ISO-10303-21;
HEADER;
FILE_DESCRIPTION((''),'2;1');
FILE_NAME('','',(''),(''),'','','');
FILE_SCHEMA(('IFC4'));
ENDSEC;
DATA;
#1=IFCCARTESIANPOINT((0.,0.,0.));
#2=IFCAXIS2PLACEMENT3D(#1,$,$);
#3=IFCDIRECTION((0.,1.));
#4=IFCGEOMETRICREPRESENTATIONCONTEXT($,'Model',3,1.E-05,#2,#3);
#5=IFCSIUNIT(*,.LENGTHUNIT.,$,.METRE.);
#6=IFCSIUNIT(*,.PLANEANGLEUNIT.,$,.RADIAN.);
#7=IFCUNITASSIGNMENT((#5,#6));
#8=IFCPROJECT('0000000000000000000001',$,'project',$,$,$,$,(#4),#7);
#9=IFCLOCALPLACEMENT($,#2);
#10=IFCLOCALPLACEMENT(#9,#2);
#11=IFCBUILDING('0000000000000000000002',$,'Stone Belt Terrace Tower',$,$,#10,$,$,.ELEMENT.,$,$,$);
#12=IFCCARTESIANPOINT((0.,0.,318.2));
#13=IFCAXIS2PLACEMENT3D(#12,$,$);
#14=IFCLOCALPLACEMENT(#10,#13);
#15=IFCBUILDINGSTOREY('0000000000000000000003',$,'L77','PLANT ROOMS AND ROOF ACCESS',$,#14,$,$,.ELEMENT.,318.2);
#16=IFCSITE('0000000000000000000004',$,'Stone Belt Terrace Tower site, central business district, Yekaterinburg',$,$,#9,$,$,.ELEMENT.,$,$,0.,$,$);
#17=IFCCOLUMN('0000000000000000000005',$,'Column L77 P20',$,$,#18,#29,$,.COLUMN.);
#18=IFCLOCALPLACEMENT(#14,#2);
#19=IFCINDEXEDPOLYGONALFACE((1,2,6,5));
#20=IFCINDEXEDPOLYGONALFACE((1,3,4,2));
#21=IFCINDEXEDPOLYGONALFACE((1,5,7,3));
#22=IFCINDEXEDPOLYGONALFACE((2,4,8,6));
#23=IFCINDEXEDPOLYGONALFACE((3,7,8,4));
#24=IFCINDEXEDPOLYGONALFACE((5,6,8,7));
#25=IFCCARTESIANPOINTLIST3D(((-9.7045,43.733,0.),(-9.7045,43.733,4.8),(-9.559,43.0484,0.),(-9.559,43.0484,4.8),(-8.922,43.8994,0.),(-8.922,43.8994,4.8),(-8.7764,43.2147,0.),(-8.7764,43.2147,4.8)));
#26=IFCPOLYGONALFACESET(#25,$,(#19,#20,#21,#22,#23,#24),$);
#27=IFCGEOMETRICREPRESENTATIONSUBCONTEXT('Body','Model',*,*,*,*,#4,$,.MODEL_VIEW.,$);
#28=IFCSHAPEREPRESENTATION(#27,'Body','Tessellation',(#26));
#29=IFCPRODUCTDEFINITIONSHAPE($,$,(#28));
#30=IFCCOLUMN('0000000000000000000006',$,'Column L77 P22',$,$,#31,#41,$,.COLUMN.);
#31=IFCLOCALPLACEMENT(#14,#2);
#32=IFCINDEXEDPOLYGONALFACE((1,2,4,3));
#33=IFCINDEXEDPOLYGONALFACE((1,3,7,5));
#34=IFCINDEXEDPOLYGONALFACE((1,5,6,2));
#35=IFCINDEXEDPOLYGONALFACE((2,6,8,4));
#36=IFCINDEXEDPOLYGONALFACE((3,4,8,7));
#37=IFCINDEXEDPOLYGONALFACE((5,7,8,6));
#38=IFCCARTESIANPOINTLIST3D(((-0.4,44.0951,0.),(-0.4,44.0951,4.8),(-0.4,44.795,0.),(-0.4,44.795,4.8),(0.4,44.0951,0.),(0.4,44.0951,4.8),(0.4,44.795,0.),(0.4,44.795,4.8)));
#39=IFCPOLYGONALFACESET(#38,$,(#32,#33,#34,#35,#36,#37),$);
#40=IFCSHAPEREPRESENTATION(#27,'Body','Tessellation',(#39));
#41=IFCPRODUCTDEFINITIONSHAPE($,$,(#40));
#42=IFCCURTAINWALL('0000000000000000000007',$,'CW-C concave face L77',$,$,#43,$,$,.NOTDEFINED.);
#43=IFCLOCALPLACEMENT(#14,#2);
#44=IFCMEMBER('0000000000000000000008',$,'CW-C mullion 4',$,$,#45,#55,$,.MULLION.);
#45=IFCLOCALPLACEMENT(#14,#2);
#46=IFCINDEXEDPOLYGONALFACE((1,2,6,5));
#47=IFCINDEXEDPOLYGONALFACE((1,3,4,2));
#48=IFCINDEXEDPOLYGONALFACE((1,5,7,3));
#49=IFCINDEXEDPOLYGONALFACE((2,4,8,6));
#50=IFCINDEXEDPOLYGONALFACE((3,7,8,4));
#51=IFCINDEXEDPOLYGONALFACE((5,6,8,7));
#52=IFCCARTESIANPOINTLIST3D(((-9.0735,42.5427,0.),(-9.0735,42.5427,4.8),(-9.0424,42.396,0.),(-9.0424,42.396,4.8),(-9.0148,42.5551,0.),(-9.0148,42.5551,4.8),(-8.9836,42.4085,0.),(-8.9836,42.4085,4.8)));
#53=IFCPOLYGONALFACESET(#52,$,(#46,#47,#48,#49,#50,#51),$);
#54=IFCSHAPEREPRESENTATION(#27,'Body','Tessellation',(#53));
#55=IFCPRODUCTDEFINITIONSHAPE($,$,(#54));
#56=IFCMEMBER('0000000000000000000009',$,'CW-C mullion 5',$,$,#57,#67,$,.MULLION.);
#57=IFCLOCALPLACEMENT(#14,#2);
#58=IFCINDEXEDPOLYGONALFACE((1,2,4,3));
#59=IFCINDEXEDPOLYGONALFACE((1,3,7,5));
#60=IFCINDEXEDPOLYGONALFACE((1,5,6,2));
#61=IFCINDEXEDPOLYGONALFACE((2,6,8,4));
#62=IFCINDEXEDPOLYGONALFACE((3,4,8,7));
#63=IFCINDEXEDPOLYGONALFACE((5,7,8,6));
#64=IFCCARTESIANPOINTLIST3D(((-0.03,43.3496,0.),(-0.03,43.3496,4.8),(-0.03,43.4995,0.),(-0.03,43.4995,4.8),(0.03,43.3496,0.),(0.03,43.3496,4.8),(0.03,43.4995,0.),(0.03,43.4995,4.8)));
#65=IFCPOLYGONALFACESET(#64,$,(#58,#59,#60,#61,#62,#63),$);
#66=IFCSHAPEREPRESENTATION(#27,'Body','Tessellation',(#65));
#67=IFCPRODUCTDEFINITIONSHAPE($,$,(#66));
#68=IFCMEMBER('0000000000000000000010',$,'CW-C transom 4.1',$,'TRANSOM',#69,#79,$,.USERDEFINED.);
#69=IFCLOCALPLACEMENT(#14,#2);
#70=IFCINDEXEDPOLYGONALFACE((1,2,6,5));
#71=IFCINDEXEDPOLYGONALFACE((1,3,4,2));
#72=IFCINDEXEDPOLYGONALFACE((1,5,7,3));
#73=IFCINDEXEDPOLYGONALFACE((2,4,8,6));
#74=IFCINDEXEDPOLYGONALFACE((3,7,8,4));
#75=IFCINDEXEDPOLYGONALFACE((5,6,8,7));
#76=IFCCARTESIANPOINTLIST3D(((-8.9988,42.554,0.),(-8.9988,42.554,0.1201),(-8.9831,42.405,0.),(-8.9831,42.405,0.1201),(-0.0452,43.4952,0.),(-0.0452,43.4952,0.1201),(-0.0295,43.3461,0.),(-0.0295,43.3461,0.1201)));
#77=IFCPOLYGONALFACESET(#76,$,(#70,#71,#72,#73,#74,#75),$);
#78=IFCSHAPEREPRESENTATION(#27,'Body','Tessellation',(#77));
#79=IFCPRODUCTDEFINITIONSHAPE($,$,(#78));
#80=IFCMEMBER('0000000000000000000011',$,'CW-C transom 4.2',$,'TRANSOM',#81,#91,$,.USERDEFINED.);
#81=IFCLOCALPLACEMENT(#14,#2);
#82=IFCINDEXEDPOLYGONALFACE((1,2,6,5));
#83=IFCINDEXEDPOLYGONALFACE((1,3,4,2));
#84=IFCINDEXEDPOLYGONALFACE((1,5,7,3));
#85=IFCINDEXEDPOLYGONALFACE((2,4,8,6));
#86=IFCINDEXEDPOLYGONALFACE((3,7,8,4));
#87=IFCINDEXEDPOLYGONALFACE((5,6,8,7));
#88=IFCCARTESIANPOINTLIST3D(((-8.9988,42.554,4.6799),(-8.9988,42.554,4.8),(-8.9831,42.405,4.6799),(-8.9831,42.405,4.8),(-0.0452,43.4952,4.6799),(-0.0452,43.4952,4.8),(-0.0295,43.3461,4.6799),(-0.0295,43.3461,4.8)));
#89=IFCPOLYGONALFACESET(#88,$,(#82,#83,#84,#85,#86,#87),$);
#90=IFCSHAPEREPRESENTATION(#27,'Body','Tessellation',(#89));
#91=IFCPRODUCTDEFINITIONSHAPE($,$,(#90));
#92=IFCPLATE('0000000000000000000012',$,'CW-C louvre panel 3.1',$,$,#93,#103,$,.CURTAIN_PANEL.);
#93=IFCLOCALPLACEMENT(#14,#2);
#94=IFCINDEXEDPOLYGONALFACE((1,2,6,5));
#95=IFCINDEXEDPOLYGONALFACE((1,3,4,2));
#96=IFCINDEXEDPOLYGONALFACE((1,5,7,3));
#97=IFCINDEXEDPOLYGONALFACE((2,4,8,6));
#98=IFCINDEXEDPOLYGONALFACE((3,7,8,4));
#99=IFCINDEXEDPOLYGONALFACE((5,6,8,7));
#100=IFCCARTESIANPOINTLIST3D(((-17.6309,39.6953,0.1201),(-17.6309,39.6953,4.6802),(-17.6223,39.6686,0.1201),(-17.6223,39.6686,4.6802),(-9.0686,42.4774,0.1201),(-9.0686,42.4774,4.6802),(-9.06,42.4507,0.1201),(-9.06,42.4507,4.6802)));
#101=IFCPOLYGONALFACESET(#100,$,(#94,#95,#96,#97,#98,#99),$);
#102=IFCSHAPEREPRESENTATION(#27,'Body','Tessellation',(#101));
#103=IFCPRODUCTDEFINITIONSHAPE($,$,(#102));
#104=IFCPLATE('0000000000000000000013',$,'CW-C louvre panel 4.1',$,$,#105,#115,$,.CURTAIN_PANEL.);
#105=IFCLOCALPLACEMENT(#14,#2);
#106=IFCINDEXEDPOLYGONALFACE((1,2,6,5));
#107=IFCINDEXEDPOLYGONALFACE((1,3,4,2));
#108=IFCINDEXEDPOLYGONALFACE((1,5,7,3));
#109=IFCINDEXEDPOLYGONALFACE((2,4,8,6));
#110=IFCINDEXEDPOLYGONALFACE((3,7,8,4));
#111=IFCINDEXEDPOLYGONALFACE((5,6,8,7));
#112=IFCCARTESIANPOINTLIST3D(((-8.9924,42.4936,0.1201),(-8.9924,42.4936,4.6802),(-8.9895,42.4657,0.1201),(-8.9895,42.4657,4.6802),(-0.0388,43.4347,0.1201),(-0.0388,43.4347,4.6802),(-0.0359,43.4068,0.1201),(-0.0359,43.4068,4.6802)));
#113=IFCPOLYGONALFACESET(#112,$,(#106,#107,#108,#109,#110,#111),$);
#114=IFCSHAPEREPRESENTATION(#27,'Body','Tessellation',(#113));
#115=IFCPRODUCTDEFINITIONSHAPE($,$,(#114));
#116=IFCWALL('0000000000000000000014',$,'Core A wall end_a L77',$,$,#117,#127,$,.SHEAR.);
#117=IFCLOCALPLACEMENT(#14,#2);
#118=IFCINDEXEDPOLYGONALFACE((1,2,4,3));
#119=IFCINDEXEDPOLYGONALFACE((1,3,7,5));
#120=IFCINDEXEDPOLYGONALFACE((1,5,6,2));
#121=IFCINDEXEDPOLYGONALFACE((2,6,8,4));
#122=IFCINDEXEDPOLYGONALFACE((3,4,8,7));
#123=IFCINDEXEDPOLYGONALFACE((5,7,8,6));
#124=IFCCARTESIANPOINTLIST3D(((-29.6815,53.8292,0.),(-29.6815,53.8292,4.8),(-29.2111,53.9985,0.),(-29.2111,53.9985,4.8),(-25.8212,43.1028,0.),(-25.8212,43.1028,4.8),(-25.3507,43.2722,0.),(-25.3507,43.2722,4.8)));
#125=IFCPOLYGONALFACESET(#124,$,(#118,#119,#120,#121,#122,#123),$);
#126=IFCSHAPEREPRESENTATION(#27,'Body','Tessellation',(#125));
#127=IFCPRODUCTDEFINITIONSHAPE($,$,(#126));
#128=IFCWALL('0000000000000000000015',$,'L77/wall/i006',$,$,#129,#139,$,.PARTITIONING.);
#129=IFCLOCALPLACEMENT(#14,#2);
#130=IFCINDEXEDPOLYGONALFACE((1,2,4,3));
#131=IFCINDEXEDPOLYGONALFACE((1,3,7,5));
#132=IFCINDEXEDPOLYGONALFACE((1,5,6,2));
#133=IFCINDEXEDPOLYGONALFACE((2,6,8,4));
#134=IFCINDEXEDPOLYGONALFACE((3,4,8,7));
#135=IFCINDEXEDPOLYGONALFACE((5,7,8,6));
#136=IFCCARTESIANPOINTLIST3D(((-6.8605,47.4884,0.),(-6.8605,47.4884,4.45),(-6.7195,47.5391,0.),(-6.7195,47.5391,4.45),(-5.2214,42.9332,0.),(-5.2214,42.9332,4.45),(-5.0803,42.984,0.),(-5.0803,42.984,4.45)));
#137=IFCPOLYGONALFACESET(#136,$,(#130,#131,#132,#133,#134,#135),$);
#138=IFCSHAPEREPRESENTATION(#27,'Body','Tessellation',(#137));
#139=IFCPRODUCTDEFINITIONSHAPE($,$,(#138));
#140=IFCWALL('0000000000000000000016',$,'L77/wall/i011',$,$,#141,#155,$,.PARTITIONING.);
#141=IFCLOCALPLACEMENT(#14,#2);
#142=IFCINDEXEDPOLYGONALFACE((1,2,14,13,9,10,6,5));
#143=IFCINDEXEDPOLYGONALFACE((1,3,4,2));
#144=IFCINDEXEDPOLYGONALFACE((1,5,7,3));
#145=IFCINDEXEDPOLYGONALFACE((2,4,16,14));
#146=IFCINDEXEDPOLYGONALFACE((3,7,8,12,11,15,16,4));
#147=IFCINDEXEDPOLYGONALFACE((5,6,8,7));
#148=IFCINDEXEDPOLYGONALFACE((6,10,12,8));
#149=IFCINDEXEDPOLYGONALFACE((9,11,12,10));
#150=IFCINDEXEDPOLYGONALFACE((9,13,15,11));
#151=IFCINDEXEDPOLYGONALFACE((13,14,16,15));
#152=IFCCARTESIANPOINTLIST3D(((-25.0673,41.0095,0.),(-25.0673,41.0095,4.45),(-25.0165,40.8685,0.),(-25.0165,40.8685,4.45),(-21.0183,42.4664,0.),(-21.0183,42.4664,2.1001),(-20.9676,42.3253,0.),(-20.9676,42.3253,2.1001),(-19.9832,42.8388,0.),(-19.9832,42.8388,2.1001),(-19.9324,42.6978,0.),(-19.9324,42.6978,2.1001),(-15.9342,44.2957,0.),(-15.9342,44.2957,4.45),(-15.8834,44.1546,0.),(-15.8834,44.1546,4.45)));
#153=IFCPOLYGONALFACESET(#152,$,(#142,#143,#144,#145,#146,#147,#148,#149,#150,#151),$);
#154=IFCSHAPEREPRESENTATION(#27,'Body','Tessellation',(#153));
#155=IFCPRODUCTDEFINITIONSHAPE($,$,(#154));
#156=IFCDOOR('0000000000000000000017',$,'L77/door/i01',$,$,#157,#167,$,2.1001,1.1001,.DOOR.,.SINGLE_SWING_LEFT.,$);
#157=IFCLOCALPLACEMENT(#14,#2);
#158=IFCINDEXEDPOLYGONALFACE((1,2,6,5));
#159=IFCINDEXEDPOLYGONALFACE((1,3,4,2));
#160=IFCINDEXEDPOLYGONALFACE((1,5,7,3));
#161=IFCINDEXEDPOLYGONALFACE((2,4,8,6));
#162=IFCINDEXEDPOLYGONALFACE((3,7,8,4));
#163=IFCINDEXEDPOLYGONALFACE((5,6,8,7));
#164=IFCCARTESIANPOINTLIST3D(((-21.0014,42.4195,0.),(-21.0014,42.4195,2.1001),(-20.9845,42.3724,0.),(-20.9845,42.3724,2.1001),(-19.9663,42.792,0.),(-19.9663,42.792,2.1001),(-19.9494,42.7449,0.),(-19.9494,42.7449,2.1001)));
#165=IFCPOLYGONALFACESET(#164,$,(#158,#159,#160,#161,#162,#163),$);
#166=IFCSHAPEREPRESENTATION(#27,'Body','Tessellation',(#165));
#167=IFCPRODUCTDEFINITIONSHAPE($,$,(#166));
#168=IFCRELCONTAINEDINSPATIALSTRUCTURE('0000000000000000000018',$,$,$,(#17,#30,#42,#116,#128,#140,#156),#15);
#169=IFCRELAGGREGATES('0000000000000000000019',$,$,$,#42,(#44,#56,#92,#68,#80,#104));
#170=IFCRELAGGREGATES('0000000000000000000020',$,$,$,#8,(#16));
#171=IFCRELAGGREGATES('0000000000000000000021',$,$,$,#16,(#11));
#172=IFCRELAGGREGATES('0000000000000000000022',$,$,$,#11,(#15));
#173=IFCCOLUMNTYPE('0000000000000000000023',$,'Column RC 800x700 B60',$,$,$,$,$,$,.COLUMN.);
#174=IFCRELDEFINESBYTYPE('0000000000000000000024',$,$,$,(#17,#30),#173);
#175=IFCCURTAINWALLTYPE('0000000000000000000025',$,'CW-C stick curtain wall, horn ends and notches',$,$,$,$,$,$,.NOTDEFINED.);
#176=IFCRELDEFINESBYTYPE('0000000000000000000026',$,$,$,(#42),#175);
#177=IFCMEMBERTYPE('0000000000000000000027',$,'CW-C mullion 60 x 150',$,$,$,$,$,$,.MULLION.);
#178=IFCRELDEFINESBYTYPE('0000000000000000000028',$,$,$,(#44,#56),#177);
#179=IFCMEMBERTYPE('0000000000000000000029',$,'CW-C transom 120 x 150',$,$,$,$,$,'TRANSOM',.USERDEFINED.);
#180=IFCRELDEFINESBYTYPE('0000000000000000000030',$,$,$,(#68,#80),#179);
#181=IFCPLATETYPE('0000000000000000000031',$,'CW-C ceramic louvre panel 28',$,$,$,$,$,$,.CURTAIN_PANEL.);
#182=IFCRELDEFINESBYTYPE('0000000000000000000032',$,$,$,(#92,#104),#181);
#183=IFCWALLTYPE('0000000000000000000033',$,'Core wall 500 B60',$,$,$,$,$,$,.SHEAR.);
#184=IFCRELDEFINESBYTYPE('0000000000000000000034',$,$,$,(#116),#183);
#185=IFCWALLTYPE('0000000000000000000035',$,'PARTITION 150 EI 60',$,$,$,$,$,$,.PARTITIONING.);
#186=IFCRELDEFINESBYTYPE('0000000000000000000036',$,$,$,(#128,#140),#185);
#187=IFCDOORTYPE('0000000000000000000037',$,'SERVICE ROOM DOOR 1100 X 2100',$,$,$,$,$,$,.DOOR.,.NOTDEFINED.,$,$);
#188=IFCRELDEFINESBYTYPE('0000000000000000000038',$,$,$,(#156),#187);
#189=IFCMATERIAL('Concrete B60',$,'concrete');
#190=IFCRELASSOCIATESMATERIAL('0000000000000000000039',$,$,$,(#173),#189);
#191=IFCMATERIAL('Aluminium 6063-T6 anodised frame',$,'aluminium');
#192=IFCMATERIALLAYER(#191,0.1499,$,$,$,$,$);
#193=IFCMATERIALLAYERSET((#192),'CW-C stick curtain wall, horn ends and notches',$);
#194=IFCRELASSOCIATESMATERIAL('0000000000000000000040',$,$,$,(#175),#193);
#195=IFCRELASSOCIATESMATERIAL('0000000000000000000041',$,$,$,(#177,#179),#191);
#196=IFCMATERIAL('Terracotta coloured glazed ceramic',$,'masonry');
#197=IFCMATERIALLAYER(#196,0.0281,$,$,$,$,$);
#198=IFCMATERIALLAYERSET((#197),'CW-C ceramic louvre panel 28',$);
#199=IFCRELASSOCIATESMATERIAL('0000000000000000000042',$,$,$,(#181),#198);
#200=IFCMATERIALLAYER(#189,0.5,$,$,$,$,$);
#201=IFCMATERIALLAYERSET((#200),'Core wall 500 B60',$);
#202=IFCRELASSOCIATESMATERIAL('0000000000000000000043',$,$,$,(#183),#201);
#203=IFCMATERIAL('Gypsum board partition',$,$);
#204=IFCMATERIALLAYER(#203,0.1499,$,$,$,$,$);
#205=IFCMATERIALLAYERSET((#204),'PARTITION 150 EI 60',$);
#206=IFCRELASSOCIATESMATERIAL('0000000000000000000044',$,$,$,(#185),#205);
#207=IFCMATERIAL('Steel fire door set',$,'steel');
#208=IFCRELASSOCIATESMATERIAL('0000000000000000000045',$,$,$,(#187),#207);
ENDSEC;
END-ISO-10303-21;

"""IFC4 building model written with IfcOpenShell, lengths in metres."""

from ifc_helpers import new_model, si_unit, direction, frame, frame_2d, origin, origin_2d, place, context, subcontext, project, spatial, rectangle, extrude, material, layer, layer_set, material_profile, profile_set, type_object, element, fill, aggregate, save


model = new_model("IFC4")

# Units and contexts
model_context = context("Model", 3, precision=1e-05, world=origin(), true_north=direction((0.0, 1.0)))
body_context = subcontext(model_context, "Body", "Model", "MODEL_VIEW")
ifc_project = project(units=[si_unit("LENGTHUNIT", "METRE"), si_unit("PLANEANGLEUNIT", "RADIAN")], contexts=[model_context])

# Site, building, storey
site_placement = place(None, origin())
site = spatial("IfcSite", under=ifc_project, at=site_placement, Name="Stone Belt Terrace Tower site, central business district, Yekaterinburg", CompositionType="ELEMENT", RefElevation=0.0)
building_placement = place(site_placement, origin())
building = spatial("IfcBuilding", under=site, at=building_placement, Name="Stone Belt Terrace Tower", CompositionType="ELEMENT")
storey_placement = place(building_placement, frame((0.0, 0.0, 318.2)))
storey = spatial("IfcBuildingStorey", under=building, at=storey_placement, Name="L77", Description="PLANT ROOMS AND ROOF ACCESS", CompositionType="ELEMENT", Elevation=318.2)

# Columns
ifc_material_1 = material(Name="Concrete B60", Category="concrete")
ifc_material_profile_1 = material_profile(ifc_material_1, rectangle(XDim=0.8, YDim=0.7, at=origin_2d()), Name="RC 800x700")
ifc_profile_set_1 = profile_set([ifc_material_profile_1], Name="Concrete B60")
column_type = type_object("IfcColumnType", Name="Column RC 800x700 B60", PredefinedType="COLUMN", material=ifc_profile_set_1)
for number, where, z_axis, x_axis, name in (
    (1, (-9.2405, 43.4739, 0.0), (0.0, 0.0, 1.0), (0.978148, 0.207912, 0.0), "Column L77 P20"),
    (2, (0.0, 44.4451, 0.0), (0.0, 0.0, 1.0), (1.0, 0.0, 0.0), "Column L77 P22"),
):
    element("IfcColumn", number, at=place(storey_placement, frame(where, z_axis=z_axis, x_axis=x_axis)), inside=storey, type_object=column_type, Name=name, PredefinedType="COLUMN", context=body_context, shape_type="SweptSolid", body=[
        extrude(rectangle(XDim=0.8, YDim=0.7, at=origin_2d()), origin(), (0.0, 0.0, 1.0), 4.8),
    ])

# Curtain wall, members, plates
ifc_material_2 = material(Name="Aluminium 6063-T6 anodised frame", Category="aluminium")
ifc_layer_1 = layer(ifc_material_2, 0.1499)
ifc_layer_set_1 = layer_set([ifc_layer_1], Name="CW-C stick curtain wall, horn ends and notches")
curtain_wall_type = type_object("IfcCurtainWallType", Name="CW-C stick curtain wall, horn ends and notches", PredefinedType="NOTDEFINED", material=ifc_layer_set_1)
curtain_wall_placement = place(storey_placement, origin())
curtain_wall = element("IfcCurtainWall", 3, at=curtain_wall_placement, inside=storey, type_object=curtain_wall_type, Name="CW-C concave face L77", PredefinedType="NOTDEFINED")
ifc_material_profile_2 = material_profile(ifc_material_2, rectangle(XDim=0.1499, YDim=0.0601, at=origin_2d()), Name="Aluminium 6063-T6 60x150")
ifc_profile_set_2 = profile_set([ifc_material_profile_2], Name="Aluminium 6063-T6 anodised frame")
member_type_1 = type_object("IfcMemberType", Name="CW-C mullion 60 x 150", PredefinedType="MULLION", material=ifc_profile_set_2)
member_1_placement = place(storey_placement, frame((-9.0286, 42.4756, 0.0), z_axis=(0.0, 0.0, 1.0), x_axis=(-0.207912, 0.978148, 0.0)))
member_1 = element("IfcMember", 4, at=member_1_placement, type_object=member_type_1, Name="CW-C mullion 4", PredefinedType="MULLION", context=body_context, shape_type="SweptSolid", body=[
    extrude(rectangle(XDim=0.1499, YDim=0.0601, at=origin_2d()), origin(), (0.0, 0.0, 1.0), 4.8),
])
member_2_placement = place(storey_placement, frame((0.0, 43.4246, 0.0), z_axis=(0.0, 0.0, 1.0), x_axis=(0.0, 1.0, 0.0)))
member_2 = element("IfcMember", 5, at=member_2_placement, type_object=member_type_1, Name="CW-C mullion 5", PredefinedType="MULLION", context=body_context, shape_type="SweptSolid", body=[
    extrude(rectangle(XDim=0.1499, YDim=0.0601, at=origin_2d()), origin(), (0.0, 0.0, 1.0), 4.8),
])
ifc_material_profile_3 = material_profile(ifc_material_2, rectangle(XDim=0.1499, YDim=0.1201, at=origin_2d()), Name="Aluminium 6063-T6 150x120")
ifc_profile_set_3 = profile_set([ifc_material_profile_3], Name="Aluminium 6063-T6 anodised frame")
member_type_2 = type_object("IfcMemberType", Name="CW-C transom 120 x 150", ElementType="TRANSOM", PredefinedType="USERDEFINED", material=ifc_profile_set_3)
member_3_placement = place(storey_placement, frame((-8.991, 42.4795, 0.0601), z_axis=(0.994521, 0.104539, 0.0), x_axis=(-0.104539, 0.994521, 0.0)))
member_3 = element("IfcMember", 6, at=member_3_placement, type_object=member_type_2, Name="CW-C transom 4.1", ObjectType="TRANSOM", PredefinedType="USERDEFINED", context=body_context, shape_type="SweptSolid", body=[
    extrude(rectangle(XDim=0.1499, YDim=0.1201, at=origin_2d()), origin(), (0.0, 0.0, 1.0), 9.0029),
])
member_4_placement = place(storey_placement, frame((-8.991, 42.4795, 4.74), z_axis=(0.994521, 0.104539, 0.0), x_axis=(-0.104539, 0.994521, 0.0)))
member_4 = element("IfcMember", 7, at=member_4_placement, type_object=member_type_2, Name="CW-C transom 4.2", ObjectType="TRANSOM", PredefinedType="USERDEFINED", context=body_context, shape_type="SweptSolid", body=[
    extrude(rectangle(XDim=0.1499, YDim=0.1201, at=origin_2d()), origin(), (0.0, 0.0, 1.0), 9.0029),
])
ifc_material_3 = material(Name="Terracotta coloured glazed ceramic", Category="masonry")
ifc_layer_2 = layer(ifc_material_3, 0.0281)
ifc_layer_set_2 = layer_set([ifc_layer_2], Name="CW-C ceramic louvre panel 28")
plate_type = type_object("IfcPlateType", Name="CW-C ceramic louvre panel 28", PredefinedType="CURTAIN_PANEL", material=ifc_layer_set_2)
plate_1_placement = place(storey_placement, frame((-13.3455, 41.073, 0.1201), z_axis=(0.0, 0.0, 1.0), x_axis=(0.951057, 0.309017, 0.0)))
plate_1 = element("IfcPlate", 8, at=plate_1_placement, type_object=plate_type, Name="CW-C louvre panel 3.1", PredefinedType="CURTAIN_PANEL", context=body_context, shape_type="SweptSolid", body=[
    extrude(rectangle(XDim=9.0029, YDim=0.0281, at=origin_2d()), origin(), (0.0, 0.0, 1.0), 4.5601),
])
plate_2_placement = place(storey_placement, frame((-4.5142, 42.9502, 0.1201), z_axis=(0.0, 0.0, 1.0), x_axis=(0.994522, 0.104528, 0.0)))
plate_2 = element("IfcPlate", 9, at=plate_2_placement, type_object=plate_type, Name="CW-C louvre panel 4.1", PredefinedType="CURTAIN_PANEL", context=body_context, shape_type="SweptSolid", body=[
    extrude(rectangle(XDim=9.0029, YDim=0.0281, at=origin_2d()), origin(), (0.0, 0.0, 1.0), 4.5601),
])
aggregate(curtain_wall, [member_1, member_2, plate_1, member_3, member_4, plate_2])

# Walls
ifc_layer_3 = layer(ifc_material_1, 0.5)
ifc_layer_set_3 = layer_set([ifc_layer_3], Name="Core wall 500 B60")
wall_type_1 = type_object("IfcWallType", Name="Core wall 500 B60", PredefinedType="SHEAR", material=ifc_layer_set_3)
wall_1_placement = place(storey_placement, frame((-25.5859, 43.1875, 0.0), z_axis=(0.0, 0.0, 1.0), x_axis=(-0.338632, 0.940919, 0.0)))
element("IfcWall", 10, at=wall_1_placement, inside=storey, type_object=wall_type_1, Name="Core A wall end_a L77", PredefinedType="SHEAR", context=body_context, shape_type="SweptSolid", body=[
    extrude(rectangle(XDim=11.3999, YDim=0.5, at=frame_2d((5.7, 0.0))), origin(), (0.0, 0.0, 1.0), 4.8),
])
ifc_material_4 = material(Name="Gypsum board partition")
ifc_layer_4 = layer(ifc_material_4, 0.1499)
ifc_layer_set_4 = layer_set([ifc_layer_4], Name="PARTITION 150 EI 60")
wall_type_2 = type_object("IfcWallType", Name="PARTITION 150 EI 60", PredefinedType="PARTITIONING", material=ifc_layer_set_4)
wall_2_placement = place(storey_placement, frame((-5.1509, 42.9587, 0.0), z_axis=(0.0, 0.0, 1.0), x_axis=(-0.338591, 0.940934, 0.0)))
element("IfcWall", 11, at=wall_2_placement, inside=storey, type_object=wall_type_2, Name="L77/wall/i006", PredefinedType="PARTITIONING", context=body_context, shape_type="SweptSolid", body=[
    extrude(rectangle(XDim=4.8411, YDim=0.1499, at=frame_2d((2.4204, 0.0))), origin(), (0.0, 0.0, 1.0), 4.45),
])

# Wall, opening, door
wall_3_placement = place(storey_placement, frame((-15.9089, 44.2251, 0.0), z_axis=(0.0, 0.0, 1.0), x_axis=(-0.940945, -0.338558, 0.0)))
wall_3 = element("IfcWall", 12, at=wall_3_placement, inside=storey, type_object=wall_type_2, Name="L77/wall/i011", PredefinedType="PARTITIONING", context=body_context, shape_type="SweptSolid", body=[
    extrude(rectangle(XDim=9.7063, YDim=0.1499, at=frame_2d((4.853, 0.0))), origin(), (0.0, 0.0, 1.0), 4.45),
])
opening_1_placement = place(wall_3_placement, frame((4.303, 0.0, 0.0)))
opening_1 = element("IfcOpeningElement", 13, at=opening_1_placement, cuts=wall_3, PredefinedType="OPENING", context=body_context, shape_type="SweptSolid", body=[
    extrude(rectangle(XDim=1.1001, YDim=2.1001, at=frame_2d((0.55, 1.05))), frame((0.0, 0.085, 0.0), z_axis=(0.0, -1.0, 0.0), x_axis=(1.0, 0.0, 0.0)), (0.0, 0.0, 1.0), 0.1699),
])
ifc_material_5 = material(Name="Steel fire door set", Category="steel")
door_type_1 = type_object("IfcDoorType", Name="SERVICE ROOM DOOR 1100 X 2100", OperationType="NOTDEFINED", PredefinedType="DOOR", material=ifc_material_5)
door_1_placement = place(opening_1_placement, origin())
door_1 = element("IfcDoor", 14, at=door_1_placement, inside=storey, type_object=door_type_1, Name="L77/door/i01", OperationType="SINGLE_SWING_LEFT", OverallHeight=2.1001, OverallWidth=1.1001, PredefinedType="DOOR", context=body_context, shape_type="SweptSolid", body=[
    extrude(rectangle(XDim=1.1001, YDim=2.1001, at=frame_2d((0.55, 1.05))), frame((0.0, 0.0249, 0.0), z_axis=(0.0, -1.0, 0.0), x_axis=(1.0, 0.0, 0.0)), (0.0, 0.0, 1.0), 0.05),
])
fill(opening_1, door_1)

save(model, "model.ifc")
